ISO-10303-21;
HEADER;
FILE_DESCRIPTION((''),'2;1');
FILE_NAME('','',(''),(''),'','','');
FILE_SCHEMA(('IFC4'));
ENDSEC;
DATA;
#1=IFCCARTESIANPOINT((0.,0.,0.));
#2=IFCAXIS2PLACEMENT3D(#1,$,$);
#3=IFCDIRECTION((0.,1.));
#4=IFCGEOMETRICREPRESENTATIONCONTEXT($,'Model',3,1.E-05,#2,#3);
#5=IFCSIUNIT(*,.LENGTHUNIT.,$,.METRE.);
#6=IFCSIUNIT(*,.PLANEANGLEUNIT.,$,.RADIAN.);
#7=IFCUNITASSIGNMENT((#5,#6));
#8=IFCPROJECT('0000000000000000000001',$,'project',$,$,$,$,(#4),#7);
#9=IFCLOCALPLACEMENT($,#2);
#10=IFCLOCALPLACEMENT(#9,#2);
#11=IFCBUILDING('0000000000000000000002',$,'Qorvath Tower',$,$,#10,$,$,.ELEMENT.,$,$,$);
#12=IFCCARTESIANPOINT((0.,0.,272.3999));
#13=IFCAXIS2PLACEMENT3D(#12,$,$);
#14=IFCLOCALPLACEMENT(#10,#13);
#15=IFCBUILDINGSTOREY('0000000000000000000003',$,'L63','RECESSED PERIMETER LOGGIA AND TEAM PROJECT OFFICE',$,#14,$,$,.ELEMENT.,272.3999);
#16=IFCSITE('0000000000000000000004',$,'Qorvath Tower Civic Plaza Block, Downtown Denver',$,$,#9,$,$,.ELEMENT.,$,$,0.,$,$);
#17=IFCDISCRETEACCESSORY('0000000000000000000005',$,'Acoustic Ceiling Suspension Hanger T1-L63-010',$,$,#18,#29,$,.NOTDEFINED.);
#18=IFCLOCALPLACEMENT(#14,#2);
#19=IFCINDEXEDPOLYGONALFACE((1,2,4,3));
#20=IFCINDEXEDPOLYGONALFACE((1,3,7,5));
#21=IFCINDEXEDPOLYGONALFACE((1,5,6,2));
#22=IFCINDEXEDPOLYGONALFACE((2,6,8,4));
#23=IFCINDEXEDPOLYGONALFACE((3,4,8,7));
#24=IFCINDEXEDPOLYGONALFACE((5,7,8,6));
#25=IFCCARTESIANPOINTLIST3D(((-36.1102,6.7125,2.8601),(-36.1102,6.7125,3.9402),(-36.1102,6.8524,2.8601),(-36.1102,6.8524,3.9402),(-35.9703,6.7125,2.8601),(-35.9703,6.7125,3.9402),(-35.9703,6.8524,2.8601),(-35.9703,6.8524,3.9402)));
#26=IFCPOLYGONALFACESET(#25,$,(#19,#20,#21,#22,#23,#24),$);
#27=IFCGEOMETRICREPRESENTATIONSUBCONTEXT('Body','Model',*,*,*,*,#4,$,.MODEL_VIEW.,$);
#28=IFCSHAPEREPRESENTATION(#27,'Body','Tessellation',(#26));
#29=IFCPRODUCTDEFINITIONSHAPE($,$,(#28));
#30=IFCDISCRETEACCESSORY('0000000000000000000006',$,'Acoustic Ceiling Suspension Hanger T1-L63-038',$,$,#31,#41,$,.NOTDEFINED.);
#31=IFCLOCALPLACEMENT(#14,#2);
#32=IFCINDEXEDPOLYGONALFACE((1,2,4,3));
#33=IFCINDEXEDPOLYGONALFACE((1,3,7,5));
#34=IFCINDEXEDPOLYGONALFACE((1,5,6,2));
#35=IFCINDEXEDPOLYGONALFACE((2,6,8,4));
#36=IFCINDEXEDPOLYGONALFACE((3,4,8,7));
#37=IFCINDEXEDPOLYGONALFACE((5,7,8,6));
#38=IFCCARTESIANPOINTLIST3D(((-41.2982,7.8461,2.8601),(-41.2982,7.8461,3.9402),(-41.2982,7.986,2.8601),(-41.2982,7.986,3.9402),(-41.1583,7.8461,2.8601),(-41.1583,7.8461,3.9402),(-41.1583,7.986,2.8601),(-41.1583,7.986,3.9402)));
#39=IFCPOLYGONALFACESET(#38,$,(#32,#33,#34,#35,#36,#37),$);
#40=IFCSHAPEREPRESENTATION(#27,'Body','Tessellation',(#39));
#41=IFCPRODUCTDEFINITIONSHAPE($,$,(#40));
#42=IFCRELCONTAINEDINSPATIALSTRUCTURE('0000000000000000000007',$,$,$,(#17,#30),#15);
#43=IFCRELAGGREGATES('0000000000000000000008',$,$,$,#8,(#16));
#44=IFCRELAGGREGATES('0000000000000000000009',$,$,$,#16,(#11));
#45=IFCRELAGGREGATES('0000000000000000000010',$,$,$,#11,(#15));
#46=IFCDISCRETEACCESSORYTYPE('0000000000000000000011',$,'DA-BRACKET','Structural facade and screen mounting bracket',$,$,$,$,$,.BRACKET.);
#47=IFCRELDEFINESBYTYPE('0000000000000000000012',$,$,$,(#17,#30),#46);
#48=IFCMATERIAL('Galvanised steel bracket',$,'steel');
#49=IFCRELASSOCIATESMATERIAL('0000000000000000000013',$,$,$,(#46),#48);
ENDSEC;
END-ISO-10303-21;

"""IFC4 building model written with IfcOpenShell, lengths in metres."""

from ifc_helpers import new_model, si_unit, direction, frame, origin, origin_2d, place, context, subcontext, project, spatial, rectangle, extrude, material, type_object, element, save


model = new_model("IFC4")

# Units and contexts
model_context = context("Model", 3, precision=1e-05, world=origin(), true_north=direction((0.0, 1.0)))
body_context = subcontext(model_context, "Body", "Model", "MODEL_VIEW")
ifc_project = project(units=[si_unit("LENGTHUNIT", "METRE"), si_unit("PLANEANGLEUNIT", "RADIAN")], contexts=[model_context])

# Site, building, storey
site_placement = place(None, origin())
site = spatial("IfcSite", under=ifc_project, at=site_placement, Name="Qorvath Tower Civic Plaza Block, Downtown Denver", CompositionType="ELEMENT", RefElevation=0.0)
building_placement = place(site_placement, origin())
building = spatial("IfcBuilding", under=site, at=building_placement, Name="Qorvath Tower", CompositionType="ELEMENT")
storey_placement = place(building_placement, frame((0.0, 0.0, 272.3999)))
storey = spatial("IfcBuildingStorey", under=building, at=storey_placement, Name="L63", Description="RECESSED PERIMETER LOGGIA AND TEAM PROJECT OFFICE", CompositionType="ELEMENT", Elevation=272.3999)

# Discrete accessories
ifc_material_1 = material(Name="Galvanised steel bracket", Category="steel")
discrete_accessory_type = type_object("IfcDiscreteAccessoryType", Name="DA-BRACKET", Description="Structural facade and screen mounting bracket", PredefinedType="BRACKET", material=ifc_material_1)
for number, where, z_axis, x_axis, name in (
    (1, (-36.0403, 6.7825, 2.8601), (0.0, 0.0, 1.0), (1.0, 0.0, 0.0), "Acoustic Ceiling Suspension Hanger T1-L63-010"),
    (2, (-41.2283, 7.916, 2.8601), (0.0, 0.0, 1.0), (1.0, 0.0, 0.0), "Acoustic Ceiling Suspension Hanger T1-L63-038"),
):
    element("IfcDiscreteAccessory", number, at=place(storey_placement, frame(where, z_axis=z_axis, x_axis=x_axis)), inside=storey, type_object=discrete_accessory_type, Name=name, PredefinedType="NOTDEFINED", context=body_context, shape_type="SweptSolid", body=[
        extrude(rectangle(XDim=0.1399, YDim=0.1399, at=origin_2d()), origin(), (0.0, 0.0, 1.0), 1.0801),
    ])

save(model, "model.ifc")
